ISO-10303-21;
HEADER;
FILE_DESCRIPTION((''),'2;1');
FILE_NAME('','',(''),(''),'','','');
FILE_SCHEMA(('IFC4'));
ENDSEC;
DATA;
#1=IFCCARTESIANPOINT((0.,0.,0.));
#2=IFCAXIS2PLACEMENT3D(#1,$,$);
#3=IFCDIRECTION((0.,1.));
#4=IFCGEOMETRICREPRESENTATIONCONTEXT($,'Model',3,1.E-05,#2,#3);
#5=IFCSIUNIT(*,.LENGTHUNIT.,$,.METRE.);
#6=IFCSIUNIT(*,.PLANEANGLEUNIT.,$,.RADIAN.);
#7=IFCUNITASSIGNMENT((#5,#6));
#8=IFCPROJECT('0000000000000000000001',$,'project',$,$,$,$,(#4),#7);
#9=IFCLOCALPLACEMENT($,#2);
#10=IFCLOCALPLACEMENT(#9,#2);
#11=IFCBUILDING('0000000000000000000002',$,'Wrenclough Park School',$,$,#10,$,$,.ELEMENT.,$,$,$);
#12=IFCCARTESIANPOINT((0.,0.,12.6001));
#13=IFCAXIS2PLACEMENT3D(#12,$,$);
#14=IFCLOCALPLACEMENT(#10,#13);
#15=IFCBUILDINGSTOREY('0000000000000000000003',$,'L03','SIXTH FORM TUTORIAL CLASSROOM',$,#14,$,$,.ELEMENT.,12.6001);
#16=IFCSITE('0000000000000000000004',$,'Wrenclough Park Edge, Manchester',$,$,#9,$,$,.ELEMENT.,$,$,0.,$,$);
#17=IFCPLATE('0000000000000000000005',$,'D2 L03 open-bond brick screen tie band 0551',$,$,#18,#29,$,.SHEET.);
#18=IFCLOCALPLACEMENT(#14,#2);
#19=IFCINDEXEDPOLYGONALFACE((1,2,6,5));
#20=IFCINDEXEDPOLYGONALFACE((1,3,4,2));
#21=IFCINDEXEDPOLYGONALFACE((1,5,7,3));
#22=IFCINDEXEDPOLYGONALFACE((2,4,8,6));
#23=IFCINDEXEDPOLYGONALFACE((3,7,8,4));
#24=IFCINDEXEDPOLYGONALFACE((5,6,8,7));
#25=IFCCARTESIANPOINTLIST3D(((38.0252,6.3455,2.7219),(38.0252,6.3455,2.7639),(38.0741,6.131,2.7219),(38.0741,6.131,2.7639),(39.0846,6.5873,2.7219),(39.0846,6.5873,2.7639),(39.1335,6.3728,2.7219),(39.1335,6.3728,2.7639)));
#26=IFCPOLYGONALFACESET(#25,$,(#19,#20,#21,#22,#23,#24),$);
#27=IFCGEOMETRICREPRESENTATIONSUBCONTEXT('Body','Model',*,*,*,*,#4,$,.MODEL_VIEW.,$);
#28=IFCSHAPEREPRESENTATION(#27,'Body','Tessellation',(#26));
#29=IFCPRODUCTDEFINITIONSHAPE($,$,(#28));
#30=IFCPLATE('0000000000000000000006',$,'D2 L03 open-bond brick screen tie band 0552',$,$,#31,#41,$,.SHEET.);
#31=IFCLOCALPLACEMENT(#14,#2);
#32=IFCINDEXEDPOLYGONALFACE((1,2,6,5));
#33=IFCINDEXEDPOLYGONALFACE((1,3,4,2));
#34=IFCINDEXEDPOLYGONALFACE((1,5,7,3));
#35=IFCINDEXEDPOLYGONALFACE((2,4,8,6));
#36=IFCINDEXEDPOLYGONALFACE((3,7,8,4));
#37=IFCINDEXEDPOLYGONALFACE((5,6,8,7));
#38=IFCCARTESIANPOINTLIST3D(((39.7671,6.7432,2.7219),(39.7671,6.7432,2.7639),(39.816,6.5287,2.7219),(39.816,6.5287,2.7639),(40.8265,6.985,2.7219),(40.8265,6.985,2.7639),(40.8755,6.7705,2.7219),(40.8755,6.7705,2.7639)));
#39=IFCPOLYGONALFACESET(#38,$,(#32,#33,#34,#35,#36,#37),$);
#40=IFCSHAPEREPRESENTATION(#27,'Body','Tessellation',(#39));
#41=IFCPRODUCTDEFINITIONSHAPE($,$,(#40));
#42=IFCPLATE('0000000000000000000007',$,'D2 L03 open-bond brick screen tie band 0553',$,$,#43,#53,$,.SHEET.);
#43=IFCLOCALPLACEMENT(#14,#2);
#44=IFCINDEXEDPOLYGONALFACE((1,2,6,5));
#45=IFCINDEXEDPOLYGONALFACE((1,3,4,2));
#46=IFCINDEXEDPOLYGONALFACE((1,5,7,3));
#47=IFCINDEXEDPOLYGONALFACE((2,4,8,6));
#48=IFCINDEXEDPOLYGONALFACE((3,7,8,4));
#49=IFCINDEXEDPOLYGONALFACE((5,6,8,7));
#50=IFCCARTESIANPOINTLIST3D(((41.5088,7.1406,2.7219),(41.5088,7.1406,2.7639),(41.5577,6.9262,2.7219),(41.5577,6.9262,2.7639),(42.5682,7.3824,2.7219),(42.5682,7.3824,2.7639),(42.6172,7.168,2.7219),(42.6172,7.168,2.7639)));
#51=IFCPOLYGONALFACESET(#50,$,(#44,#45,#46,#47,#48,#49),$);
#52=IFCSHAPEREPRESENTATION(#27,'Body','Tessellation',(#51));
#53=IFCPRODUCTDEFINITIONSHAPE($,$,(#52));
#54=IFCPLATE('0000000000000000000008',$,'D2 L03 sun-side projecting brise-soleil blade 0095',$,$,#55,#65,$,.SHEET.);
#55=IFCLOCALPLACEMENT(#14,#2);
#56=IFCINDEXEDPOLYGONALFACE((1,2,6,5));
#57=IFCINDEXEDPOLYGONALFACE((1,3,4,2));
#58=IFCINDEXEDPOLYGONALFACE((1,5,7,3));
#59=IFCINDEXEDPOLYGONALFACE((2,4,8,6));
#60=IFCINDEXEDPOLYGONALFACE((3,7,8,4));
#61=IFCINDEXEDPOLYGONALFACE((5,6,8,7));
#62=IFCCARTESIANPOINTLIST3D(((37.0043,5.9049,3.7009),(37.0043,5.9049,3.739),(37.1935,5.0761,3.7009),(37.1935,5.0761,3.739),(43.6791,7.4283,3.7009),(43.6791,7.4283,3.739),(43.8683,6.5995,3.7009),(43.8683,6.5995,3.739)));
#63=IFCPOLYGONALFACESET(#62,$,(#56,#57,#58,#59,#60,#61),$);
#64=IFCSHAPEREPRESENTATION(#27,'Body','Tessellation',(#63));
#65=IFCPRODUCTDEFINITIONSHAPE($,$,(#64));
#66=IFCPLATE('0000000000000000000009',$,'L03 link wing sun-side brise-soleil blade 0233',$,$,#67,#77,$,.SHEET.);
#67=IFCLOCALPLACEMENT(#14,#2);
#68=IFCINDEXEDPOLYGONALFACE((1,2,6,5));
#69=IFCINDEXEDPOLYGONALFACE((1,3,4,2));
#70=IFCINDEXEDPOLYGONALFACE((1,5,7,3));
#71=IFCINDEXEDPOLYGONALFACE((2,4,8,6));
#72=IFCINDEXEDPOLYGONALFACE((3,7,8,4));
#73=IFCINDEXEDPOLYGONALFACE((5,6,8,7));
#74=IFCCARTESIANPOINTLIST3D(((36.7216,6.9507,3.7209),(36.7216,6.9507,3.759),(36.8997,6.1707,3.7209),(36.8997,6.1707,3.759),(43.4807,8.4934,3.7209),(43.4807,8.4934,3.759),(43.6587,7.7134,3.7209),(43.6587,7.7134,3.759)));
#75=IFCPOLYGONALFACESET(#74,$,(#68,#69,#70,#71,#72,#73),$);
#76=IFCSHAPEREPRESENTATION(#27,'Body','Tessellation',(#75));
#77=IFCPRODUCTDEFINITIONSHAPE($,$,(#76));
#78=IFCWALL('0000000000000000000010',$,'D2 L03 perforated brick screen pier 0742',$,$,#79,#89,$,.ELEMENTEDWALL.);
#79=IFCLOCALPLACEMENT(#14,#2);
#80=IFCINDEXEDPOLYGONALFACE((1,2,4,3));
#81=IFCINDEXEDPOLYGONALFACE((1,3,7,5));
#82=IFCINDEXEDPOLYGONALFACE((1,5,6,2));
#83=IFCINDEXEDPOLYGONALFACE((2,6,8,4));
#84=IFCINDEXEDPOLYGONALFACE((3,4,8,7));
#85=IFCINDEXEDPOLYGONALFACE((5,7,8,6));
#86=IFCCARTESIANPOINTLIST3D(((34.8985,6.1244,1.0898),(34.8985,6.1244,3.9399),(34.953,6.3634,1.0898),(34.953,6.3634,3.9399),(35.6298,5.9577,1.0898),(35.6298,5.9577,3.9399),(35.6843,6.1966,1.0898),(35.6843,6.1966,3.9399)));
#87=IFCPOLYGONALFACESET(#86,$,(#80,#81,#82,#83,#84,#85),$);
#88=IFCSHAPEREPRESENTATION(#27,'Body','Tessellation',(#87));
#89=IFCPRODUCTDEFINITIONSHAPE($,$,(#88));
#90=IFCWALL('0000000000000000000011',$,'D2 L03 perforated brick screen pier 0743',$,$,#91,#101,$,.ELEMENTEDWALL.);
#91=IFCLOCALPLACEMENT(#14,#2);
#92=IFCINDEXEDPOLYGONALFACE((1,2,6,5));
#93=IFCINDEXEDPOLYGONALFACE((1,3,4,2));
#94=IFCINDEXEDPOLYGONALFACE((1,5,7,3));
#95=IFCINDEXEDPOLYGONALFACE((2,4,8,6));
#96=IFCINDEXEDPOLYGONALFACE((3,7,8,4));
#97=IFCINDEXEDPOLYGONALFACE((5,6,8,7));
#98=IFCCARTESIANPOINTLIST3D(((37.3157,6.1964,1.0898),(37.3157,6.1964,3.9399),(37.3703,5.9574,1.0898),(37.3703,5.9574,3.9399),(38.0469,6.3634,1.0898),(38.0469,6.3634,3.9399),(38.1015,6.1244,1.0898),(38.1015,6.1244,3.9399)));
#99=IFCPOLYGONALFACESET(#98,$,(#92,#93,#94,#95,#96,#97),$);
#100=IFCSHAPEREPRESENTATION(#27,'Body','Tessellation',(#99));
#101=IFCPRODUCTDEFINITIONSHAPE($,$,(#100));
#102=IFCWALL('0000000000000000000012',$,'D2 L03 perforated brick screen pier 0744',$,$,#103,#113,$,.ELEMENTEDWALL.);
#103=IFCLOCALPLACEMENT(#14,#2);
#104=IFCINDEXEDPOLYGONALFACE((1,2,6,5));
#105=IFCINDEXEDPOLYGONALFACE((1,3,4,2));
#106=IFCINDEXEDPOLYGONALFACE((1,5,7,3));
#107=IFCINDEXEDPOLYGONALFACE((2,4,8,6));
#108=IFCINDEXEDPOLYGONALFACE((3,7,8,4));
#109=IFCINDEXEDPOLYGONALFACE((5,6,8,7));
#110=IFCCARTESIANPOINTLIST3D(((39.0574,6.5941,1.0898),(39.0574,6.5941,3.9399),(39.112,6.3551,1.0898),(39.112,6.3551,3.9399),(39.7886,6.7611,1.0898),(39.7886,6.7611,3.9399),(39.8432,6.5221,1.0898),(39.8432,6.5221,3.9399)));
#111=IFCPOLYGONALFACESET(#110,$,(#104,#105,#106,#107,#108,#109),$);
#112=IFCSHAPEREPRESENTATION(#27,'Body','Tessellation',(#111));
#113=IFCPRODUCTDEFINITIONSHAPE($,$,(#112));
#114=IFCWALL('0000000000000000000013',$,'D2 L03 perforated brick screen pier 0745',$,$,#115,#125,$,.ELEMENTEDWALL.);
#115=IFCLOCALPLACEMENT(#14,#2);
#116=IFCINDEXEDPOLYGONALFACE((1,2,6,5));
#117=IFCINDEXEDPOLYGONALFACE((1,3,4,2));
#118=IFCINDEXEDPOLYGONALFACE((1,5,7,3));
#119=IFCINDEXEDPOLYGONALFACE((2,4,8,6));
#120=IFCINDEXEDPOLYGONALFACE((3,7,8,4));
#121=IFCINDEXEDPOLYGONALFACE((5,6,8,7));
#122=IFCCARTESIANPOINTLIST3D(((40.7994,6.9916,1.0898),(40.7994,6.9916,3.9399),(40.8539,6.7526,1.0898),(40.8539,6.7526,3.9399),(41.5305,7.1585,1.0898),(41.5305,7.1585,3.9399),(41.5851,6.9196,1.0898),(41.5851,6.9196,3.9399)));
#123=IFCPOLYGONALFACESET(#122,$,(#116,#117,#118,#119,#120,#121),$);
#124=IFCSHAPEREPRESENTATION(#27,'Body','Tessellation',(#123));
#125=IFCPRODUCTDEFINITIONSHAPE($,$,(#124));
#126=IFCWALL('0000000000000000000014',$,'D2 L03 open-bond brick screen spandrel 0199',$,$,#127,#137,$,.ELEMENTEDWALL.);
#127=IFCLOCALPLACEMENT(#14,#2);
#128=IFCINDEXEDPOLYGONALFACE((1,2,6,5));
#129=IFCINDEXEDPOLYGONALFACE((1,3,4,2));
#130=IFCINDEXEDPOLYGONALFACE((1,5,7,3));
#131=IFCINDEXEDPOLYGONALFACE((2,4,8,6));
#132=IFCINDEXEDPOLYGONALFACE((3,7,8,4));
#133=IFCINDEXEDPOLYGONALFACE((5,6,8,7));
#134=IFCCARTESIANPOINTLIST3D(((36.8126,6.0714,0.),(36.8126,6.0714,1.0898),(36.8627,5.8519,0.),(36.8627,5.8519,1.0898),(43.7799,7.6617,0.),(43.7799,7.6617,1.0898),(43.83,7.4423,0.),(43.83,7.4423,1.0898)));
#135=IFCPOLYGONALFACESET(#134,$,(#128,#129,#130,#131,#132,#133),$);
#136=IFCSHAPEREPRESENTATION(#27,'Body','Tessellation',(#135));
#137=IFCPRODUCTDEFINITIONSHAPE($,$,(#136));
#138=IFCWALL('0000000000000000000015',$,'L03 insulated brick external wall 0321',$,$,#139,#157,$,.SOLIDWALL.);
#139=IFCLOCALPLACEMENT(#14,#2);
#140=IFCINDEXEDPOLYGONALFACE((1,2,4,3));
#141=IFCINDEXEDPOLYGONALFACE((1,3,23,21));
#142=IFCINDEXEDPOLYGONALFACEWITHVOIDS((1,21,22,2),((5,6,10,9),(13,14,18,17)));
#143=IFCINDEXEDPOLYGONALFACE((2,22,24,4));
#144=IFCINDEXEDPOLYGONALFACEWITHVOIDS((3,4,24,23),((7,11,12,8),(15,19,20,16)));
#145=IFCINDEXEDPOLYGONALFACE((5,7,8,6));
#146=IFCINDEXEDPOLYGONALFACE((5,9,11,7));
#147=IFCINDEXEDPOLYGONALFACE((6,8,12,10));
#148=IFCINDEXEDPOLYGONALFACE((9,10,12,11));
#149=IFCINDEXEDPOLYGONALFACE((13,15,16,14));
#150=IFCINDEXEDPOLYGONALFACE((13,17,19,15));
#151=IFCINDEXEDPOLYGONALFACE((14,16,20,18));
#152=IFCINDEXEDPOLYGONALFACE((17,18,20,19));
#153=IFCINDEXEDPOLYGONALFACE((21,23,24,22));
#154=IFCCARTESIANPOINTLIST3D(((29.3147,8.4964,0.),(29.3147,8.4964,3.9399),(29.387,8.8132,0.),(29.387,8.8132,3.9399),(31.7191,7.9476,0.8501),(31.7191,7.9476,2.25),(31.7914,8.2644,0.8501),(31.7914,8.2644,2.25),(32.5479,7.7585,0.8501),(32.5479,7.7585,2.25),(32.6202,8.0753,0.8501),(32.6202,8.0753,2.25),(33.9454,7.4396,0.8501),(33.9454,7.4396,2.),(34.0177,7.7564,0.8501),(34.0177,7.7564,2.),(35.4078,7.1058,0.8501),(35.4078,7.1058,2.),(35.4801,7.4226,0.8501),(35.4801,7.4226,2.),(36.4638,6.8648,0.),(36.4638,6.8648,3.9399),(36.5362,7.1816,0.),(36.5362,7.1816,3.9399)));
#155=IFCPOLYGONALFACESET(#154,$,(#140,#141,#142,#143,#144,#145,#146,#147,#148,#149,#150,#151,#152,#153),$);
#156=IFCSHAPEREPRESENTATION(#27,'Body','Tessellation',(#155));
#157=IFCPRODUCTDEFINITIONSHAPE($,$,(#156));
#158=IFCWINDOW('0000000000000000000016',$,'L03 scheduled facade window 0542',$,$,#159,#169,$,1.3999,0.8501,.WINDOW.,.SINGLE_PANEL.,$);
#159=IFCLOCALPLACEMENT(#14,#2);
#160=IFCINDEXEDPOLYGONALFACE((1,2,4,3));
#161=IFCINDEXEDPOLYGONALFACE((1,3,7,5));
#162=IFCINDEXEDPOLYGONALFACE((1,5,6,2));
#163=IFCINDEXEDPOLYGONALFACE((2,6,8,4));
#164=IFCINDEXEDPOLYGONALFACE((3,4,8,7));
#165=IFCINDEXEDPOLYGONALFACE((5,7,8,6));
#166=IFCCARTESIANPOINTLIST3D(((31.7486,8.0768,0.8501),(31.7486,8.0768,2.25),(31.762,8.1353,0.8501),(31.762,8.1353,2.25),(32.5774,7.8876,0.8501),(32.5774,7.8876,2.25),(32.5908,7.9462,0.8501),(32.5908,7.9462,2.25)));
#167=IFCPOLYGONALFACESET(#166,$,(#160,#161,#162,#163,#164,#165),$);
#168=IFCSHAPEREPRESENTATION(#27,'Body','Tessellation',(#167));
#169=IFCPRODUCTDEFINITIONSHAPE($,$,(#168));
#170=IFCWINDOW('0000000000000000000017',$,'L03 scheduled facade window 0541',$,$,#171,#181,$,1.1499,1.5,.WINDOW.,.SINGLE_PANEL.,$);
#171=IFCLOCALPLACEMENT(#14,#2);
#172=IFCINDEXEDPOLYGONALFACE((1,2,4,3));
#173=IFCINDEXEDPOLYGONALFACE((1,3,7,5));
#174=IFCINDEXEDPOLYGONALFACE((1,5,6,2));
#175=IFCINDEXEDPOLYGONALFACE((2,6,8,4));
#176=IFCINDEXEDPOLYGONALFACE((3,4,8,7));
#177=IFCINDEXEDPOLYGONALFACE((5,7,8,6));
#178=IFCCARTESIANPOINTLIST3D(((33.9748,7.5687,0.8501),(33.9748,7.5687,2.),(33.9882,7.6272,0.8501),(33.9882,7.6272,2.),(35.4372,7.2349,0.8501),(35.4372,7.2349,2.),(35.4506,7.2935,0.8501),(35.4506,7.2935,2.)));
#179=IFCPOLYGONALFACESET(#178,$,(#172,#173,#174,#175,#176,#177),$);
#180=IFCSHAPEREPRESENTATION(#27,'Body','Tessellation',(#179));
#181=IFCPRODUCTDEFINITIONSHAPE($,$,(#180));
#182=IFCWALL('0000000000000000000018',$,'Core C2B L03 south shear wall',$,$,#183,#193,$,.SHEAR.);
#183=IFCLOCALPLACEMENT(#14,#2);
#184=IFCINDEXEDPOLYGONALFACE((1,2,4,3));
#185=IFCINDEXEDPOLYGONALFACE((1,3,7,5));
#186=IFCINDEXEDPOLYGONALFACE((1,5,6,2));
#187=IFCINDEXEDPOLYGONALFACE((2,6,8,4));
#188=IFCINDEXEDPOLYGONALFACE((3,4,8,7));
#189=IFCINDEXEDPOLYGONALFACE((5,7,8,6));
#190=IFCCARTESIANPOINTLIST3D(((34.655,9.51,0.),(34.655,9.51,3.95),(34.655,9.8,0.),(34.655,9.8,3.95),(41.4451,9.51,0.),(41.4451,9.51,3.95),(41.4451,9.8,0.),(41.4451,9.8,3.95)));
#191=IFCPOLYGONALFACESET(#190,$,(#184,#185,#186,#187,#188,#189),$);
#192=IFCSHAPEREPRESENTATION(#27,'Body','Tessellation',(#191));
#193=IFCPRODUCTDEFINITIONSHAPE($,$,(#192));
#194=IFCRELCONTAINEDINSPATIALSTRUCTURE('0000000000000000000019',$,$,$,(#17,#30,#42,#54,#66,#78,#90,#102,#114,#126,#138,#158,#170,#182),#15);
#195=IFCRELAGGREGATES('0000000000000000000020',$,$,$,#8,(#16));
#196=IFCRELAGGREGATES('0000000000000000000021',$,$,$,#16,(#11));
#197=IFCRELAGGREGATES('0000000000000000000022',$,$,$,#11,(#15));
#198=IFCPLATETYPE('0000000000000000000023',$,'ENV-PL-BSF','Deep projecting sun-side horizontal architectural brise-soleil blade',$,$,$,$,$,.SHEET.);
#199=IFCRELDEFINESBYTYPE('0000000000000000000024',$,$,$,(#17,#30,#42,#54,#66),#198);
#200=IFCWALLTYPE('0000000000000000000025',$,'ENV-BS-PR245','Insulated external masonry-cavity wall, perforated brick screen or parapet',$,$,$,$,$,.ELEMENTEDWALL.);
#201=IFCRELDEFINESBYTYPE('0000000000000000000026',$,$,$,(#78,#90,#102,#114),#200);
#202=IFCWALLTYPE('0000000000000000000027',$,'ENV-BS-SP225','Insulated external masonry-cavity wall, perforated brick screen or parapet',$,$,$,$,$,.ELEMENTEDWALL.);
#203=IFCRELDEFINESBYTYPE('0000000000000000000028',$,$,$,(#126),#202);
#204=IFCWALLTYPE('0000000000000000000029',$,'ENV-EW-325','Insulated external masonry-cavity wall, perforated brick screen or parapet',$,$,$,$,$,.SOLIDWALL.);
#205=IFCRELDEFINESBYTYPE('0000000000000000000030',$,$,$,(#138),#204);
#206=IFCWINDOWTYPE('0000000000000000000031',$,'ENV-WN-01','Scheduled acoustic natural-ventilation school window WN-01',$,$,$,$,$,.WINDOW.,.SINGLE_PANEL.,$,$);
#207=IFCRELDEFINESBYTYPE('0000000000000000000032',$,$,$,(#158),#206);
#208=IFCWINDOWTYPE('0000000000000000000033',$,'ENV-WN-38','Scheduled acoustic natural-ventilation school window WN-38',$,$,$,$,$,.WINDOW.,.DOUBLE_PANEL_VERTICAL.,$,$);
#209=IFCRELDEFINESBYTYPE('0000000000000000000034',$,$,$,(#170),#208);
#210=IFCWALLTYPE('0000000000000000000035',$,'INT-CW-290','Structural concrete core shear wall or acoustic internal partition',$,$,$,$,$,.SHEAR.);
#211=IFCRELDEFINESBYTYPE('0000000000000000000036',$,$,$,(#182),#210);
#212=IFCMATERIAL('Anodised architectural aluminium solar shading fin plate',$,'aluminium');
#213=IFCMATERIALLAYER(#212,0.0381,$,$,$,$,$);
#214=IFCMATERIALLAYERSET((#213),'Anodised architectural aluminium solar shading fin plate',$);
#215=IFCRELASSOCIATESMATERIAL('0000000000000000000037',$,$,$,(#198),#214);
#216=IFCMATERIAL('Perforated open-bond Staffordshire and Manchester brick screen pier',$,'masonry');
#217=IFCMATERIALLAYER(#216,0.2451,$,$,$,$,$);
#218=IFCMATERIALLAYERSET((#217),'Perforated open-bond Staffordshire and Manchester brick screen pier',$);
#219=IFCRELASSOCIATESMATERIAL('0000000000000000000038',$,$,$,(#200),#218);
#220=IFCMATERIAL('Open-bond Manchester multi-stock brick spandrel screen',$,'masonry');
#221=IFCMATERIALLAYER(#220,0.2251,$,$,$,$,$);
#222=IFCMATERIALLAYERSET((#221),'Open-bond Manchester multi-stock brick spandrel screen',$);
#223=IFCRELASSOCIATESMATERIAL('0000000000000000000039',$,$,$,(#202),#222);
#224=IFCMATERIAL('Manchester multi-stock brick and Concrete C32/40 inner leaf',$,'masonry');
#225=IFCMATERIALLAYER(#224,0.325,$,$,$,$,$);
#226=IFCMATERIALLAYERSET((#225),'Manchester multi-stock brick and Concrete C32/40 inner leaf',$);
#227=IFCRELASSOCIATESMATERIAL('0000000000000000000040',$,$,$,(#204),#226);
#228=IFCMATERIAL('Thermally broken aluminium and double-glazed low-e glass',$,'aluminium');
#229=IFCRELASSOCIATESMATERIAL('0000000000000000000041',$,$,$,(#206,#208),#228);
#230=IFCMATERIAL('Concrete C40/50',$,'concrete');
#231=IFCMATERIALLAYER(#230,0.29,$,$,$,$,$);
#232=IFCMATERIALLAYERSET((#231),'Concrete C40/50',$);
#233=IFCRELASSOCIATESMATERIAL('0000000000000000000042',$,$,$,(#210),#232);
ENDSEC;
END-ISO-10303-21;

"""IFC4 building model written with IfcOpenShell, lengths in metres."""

from ifc_helpers import new_model, si_unit, direction, frame, frame_2d, origin, origin_2d, place, context, subcontext, project, spatial, rectangle, extrude, material, layer, layer_set, type_object, element, fill, save


model = new_model("IFC4")

# Units and contexts
model_context = context("Model", 3, precision=1e-05, world=origin(), true_north=direction((0.0, 1.0)))
body_context = subcontext(model_context, "Body", "Model", "MODEL_VIEW")
ifc_project = project(units=[si_unit("LENGTHUNIT", "METRE"), si_unit("PLANEANGLEUNIT", "RADIAN")], contexts=[model_context])

# Site, building, storey
site_placement = place(None, origin())
site = spatial("IfcSite", under=ifc_project, at=site_placement, Name="Wrenclough Park Edge, Manchester", CompositionType="ELEMENT", RefElevation=0.0)
building_placement = place(site_placement, origin())
building = spatial("IfcBuilding", under=site, at=building_placement, Name="Wrenclough Park School", CompositionType="ELEMENT")
storey_placement = place(building_placement, frame((0.0, 0.0, 12.6001)))
storey = spatial("IfcBuildingStorey", under=building, at=storey_placement, Name="L03", Description="SIXTH FORM TUTORIAL CLASSROOM", CompositionType="ELEMENT", Elevation=12.6001)

# Shared definitions
ifc_material_1 = material(Name="Concrete C40/50", Category="concrete")

# Plates
ifc_material_2 = material(Name="Anodised architectural aluminium solar shading fin plate", Category="aluminium")
ifc_layer_1 = layer(ifc_material_2, 0.0381)
ifc_layer_set_1 = layer_set([ifc_layer_1], Name="Anodised architectural aluminium solar shading fin plate")
plate_type = type_object("IfcPlateType", Name="ENV-PL-BSF", Description="Deep projecting sun-side horizontal architectural brise-soleil blade", PredefinedType="SHEET", material=ifc_layer_set_1)
for number, where, z_axis, x_axis, name in (
    (1, (38.5793, 6.3591, 2.7219), (0.0, 0.0, 1.0), (0.974929, 0.222516, 0.0), "D2 L03 open-bond brick screen tie band 0551"),
    (2, (40.3213, 6.7568, 2.7219), (0.0, 0.0, 1.0), (0.974929, 0.222516, 0.0), "D2 L03 open-bond brick screen tie band 0552"),
    (3, (42.063, 7.1543, 2.7219), (0.0, 0.0, 1.0), (0.974929, 0.222516, 0.0), "D2 L03 open-bond brick screen tie band 0553"),
):
    element("IfcPlate", number, at=place(storey_placement, frame(where, z_axis=z_axis, x_axis=x_axis)), inside=storey, type_object=plate_type, Name=name, PredefinedType="SHEET", context=body_context, shape_type="SweptSolid", body=[
        extrude(rectangle(XDim=1.0867, YDim=0.22, at=origin_2d()), origin(), (0.0, 0.0, 1.0), 0.042),
    ])
plate_1_placement = place(storey_placement, frame((40.4363, 6.2522, 3.7009), z_axis=(0.0, 0.0, 1.0), x_axis=(0.974929, 0.222516, 0.0)))
element("IfcPlate", 4, at=plate_1_placement, inside=storey, type_object=plate_type, Name="D2 L03 sun-side projecting brise-soleil blade 0095", PredefinedType="SHEET", context=body_context, shape_type="SweptSolid", body=[
    extrude(rectangle(XDim=6.8464, YDim=0.8501, at=origin_2d()), origin(), (0.0, 0.0, 1.0), 0.0381),
])
plate_2_placement = place(storey_placement, frame((40.1902, 7.332, 3.7209), z_axis=(0.0, 0.0, 1.0), x_axis=(-0.974929, -0.222516, 0.0)))
element("IfcPlate", 5, at=plate_2_placement, inside=storey, type_object=plate_type, Name="L03 link wing sun-side brise-soleil blade 0233", PredefinedType="SHEET", context=body_context, shape_type="SweptSolid", body=[
    extrude(rectangle(XDim=6.9329, YDim=0.8, at=origin_2d()), origin(), (0.0, 0.0, 1.0), 0.0381),
])

# Walls
ifc_material_3 = material(Name="Perforated open-bond Staffordshire and Manchester brick screen pier", Category="masonry")
ifc_layer_2 = layer(ifc_material_3, 0.2451)
ifc_layer_set_2 = layer_set([ifc_layer_2], Name="Perforated open-bond Staffordshire and Manchester brick screen pier")
wall_type_1 = type_object("IfcWallType", Name="ENV-BS-PR245", Description="Insulated external masonry-cavity wall, perforated brick screen or parapet", PredefinedType="ELEMENTEDWALL", material=ifc_layer_set_2)
for number, where, z_axis, x_axis, name in (
    (6, (34.9258, 6.2439, 1.0898), (0.0, 0.0, 1.0), (0.97497, -0.222339, 0.0), "D2 L03 perforated brick screen pier 0742"),
    (7, (37.343, 6.0769, 1.0898), (0.0, 0.0, 1.0), (0.974899, 0.222648, 0.0), "D2 L03 perforated brick screen pier 0743"),
    (8, (39.0847, 6.4746, 1.0898), (0.0, 0.0, 1.0), (0.974899, 0.222648, 0.0), "D2 L03 perforated brick screen pier 0744"),
    (9, (40.8267, 6.8721, 1.0898), (0.0, 0.0, 1.0), (0.974899, 0.222648, 0.0), "D2 L03 perforated brick screen pier 0745"),
):
    element("IfcWall", number, at=place(storey_placement, frame(where, z_axis=z_axis, x_axis=x_axis)), inside=storey, type_object=wall_type_1, Name=name, PredefinedType="ELEMENTEDWALL", context=body_context, shape_type="SweptSolid", body=[
        extrude(rectangle(XDim=0.75, YDim=0.2451, at=frame_2d((0.375, 0.0))), origin(), (0.0, 0.0, 1.0), 2.8501),
    ])
ifc_material_4 = material(Name="Open-bond Manchester multi-stock brick spandrel screen", Category="masonry")
ifc_layer_3 = layer(ifc_material_4, 0.2251)
ifc_layer_set_3 = layer_set([ifc_layer_3], Name="Open-bond Manchester multi-stock brick spandrel screen")
wall_type_2 = type_object("IfcWallType", Name="ENV-BS-SP225", Description="Insulated external masonry-cavity wall, perforated brick screen or parapet", PredefinedType="ELEMENTEDWALL", material=ifc_layer_set_3)
wall_1_placement = place(storey_placement, frame((36.8376, 5.9617, 0.0), z_axis=(0.0, 0.0, 1.0), x_axis=(0.974925, 0.222534, 0.0)))
element("IfcWall", 10, at=wall_1_placement, inside=storey, type_object=wall_type_2, Name="D2 L03 open-bond brick screen spandrel 0199", PredefinedType="ELEMENTEDWALL", context=body_context, shape_type="SweptSolid", body=[
    extrude(rectangle(XDim=7.1465, YDim=0.2251, at=frame_2d((3.5732, 0.0))), origin(), (0.0, 0.0, 1.0), 1.0898),
])

# Wall, openings, windows
ifc_material_5 = material(Name="Manchester multi-stock brick and Concrete C32/40 inner leaf", Category="masonry")
ifc_layer_4 = layer(ifc_material_5, 0.325)
ifc_layer_set_4 = layer_set([ifc_layer_4], Name="Manchester multi-stock brick and Concrete C32/40 inner leaf")
wall_type_3 = type_object("IfcWallType", Name="ENV-EW-325", Description="Insulated external masonry-cavity wall, perforated brick screen or parapet", PredefinedType="SOLIDWALL", material=ifc_layer_set_4)
wall_2_placement = place(storey_placement, frame((36.5, 7.0232, 0.0), z_axis=(0.0, 0.0, 1.0), x_axis=(-0.974933, 0.2225, 0.0)))
wall_2 = element("IfcWall", 11, at=wall_2_placement, inside=storey, type_object=wall_type_3, Name="L03 insulated brick external wall 0321", PredefinedType="SOLIDWALL", context=body_context, shape_type="SweptSolid", body=[
    extrude(rectangle(XDim=7.333, YDim=0.325, at=frame_2d((3.6665, 0.0))), origin(), (0.0, 0.0, 1.0), 3.9399),
])
opening_1_placement = place(wall_2_placement, frame((1.0833, 0.0, 0.8501)))
opening_1 = element("IfcOpeningElement", 12, at=opening_1_placement, cuts=wall_2, PredefinedType="OPENING", context=body_context, shape_type="SweptSolid", body=[
    extrude(rectangle(XDim=1.5, YDim=1.1499, at=frame_2d((0.75, 0.575))), frame((0.0, 0.1724, 0.0), z_axis=(0.0, -1.0, 0.0), x_axis=(1.0, 0.0, 0.0)), (0.0, 0.0, 1.0), 0.345),
])
opening_2_placement = place(wall_2_placement, frame((4.0166, 0.0, 0.8501)))
opening_2 = element("IfcOpeningElement", 13, at=opening_2_placement, cuts=wall_2, PredefinedType="OPENING", context=body_context, shape_type="SweptSolid", body=[
    extrude(rectangle(XDim=0.8501, YDim=1.3999, at=frame_2d((0.425, 0.7))), frame((0.0, 0.1724, 0.0), z_axis=(0.0, -1.0, 0.0), x_axis=(1.0, 0.0, 0.0)), (0.0, 0.0, 1.0), 0.345),
])
ifc_material_6 = material(Name="Thermally broken aluminium and double-glazed low-e glass", Category="aluminium")
window_type_1 = type_object("IfcWindowType", Name="ENV-WN-01", Description="Scheduled acoustic natural-ventilation school window WN-01", PartitioningType="SINGLE_PANEL", PredefinedType="WINDOW", material=ifc_material_6)
window_1_placement = place(opening_2_placement, origin())
window_1 = element("IfcWindow", 14, at=window_1_placement, inside=storey, type_object=window_type_1, Name="L03 scheduled facade window 0542", OverallHeight=1.3999, OverallWidth=0.8501, PartitioningType="SINGLE_PANEL", PredefinedType="WINDOW", context=body_context, shape_type="SweptSolid", body=[
    extrude(rectangle(XDim=0.8501, YDim=1.3999, at=frame_2d((0.425, 0.7))), frame((0.0, 0.03, 0.0), z_axis=(0.0, -1.0, 0.0), x_axis=(1.0, 0.0, 0.0)), (0.0, 0.0, 1.0), 0.0601),
])
fill(opening_2, window_1)
window_type_2 = type_object("IfcWindowType", Name="ENV-WN-38", Description="Scheduled acoustic natural-ventilation school window WN-38", PartitioningType="DOUBLE_PANEL_VERTICAL", PredefinedType="WINDOW", material=ifc_material_6)
window_2_placement = place(opening_1_placement, origin())
window_2 = element("IfcWindow", 15, at=window_2_placement, inside=storey, type_object=window_type_2, Name="L03 scheduled facade window 0541", OverallHeight=1.1499, OverallWidth=1.5, PartitioningType="SINGLE_PANEL", PredefinedType="WINDOW", context=body_context, shape_type="SweptSolid", body=[
    extrude(rectangle(XDim=1.5, YDim=1.1499, at=frame_2d((0.75, 0.575))), frame((0.0, 0.03, 0.0), z_axis=(0.0, -1.0, 0.0), x_axis=(1.0, 0.0, 0.0)), (0.0, 0.0, 1.0), 0.0601),
])
fill(opening_1, window_2)

# Wall
ifc_layer_5 = layer(ifc_material_1, 0.29)
ifc_layer_set_5 = layer_set([ifc_layer_5], Name="Concrete C40/50")
wall_type_4 = type_object("IfcWallType", Name="INT-CW-290", Description="Structural concrete core shear wall or acoustic internal partition", PredefinedType="SHEAR", material=ifc_layer_set_5)
wall_3_placement = place(storey_placement, frame((34.655, 9.655, 0.0), z_axis=(0.0, 0.0, 1.0), x_axis=(1.0, 0.0, 0.0)))
element("IfcWall", 16, at=wall_3_placement, inside=storey, type_object=wall_type_4, Name="Core C2B L03 south shear wall", PredefinedType="SHEAR", context=body_context, shape_type="SweptSolid", body=[
    extrude(rectangle(XDim=6.79, YDim=0.29, at=frame_2d((3.395, 0.0))), origin(), (0.0, 0.0, 1.0), 3.95),
])

save(model, "model.ifc")
